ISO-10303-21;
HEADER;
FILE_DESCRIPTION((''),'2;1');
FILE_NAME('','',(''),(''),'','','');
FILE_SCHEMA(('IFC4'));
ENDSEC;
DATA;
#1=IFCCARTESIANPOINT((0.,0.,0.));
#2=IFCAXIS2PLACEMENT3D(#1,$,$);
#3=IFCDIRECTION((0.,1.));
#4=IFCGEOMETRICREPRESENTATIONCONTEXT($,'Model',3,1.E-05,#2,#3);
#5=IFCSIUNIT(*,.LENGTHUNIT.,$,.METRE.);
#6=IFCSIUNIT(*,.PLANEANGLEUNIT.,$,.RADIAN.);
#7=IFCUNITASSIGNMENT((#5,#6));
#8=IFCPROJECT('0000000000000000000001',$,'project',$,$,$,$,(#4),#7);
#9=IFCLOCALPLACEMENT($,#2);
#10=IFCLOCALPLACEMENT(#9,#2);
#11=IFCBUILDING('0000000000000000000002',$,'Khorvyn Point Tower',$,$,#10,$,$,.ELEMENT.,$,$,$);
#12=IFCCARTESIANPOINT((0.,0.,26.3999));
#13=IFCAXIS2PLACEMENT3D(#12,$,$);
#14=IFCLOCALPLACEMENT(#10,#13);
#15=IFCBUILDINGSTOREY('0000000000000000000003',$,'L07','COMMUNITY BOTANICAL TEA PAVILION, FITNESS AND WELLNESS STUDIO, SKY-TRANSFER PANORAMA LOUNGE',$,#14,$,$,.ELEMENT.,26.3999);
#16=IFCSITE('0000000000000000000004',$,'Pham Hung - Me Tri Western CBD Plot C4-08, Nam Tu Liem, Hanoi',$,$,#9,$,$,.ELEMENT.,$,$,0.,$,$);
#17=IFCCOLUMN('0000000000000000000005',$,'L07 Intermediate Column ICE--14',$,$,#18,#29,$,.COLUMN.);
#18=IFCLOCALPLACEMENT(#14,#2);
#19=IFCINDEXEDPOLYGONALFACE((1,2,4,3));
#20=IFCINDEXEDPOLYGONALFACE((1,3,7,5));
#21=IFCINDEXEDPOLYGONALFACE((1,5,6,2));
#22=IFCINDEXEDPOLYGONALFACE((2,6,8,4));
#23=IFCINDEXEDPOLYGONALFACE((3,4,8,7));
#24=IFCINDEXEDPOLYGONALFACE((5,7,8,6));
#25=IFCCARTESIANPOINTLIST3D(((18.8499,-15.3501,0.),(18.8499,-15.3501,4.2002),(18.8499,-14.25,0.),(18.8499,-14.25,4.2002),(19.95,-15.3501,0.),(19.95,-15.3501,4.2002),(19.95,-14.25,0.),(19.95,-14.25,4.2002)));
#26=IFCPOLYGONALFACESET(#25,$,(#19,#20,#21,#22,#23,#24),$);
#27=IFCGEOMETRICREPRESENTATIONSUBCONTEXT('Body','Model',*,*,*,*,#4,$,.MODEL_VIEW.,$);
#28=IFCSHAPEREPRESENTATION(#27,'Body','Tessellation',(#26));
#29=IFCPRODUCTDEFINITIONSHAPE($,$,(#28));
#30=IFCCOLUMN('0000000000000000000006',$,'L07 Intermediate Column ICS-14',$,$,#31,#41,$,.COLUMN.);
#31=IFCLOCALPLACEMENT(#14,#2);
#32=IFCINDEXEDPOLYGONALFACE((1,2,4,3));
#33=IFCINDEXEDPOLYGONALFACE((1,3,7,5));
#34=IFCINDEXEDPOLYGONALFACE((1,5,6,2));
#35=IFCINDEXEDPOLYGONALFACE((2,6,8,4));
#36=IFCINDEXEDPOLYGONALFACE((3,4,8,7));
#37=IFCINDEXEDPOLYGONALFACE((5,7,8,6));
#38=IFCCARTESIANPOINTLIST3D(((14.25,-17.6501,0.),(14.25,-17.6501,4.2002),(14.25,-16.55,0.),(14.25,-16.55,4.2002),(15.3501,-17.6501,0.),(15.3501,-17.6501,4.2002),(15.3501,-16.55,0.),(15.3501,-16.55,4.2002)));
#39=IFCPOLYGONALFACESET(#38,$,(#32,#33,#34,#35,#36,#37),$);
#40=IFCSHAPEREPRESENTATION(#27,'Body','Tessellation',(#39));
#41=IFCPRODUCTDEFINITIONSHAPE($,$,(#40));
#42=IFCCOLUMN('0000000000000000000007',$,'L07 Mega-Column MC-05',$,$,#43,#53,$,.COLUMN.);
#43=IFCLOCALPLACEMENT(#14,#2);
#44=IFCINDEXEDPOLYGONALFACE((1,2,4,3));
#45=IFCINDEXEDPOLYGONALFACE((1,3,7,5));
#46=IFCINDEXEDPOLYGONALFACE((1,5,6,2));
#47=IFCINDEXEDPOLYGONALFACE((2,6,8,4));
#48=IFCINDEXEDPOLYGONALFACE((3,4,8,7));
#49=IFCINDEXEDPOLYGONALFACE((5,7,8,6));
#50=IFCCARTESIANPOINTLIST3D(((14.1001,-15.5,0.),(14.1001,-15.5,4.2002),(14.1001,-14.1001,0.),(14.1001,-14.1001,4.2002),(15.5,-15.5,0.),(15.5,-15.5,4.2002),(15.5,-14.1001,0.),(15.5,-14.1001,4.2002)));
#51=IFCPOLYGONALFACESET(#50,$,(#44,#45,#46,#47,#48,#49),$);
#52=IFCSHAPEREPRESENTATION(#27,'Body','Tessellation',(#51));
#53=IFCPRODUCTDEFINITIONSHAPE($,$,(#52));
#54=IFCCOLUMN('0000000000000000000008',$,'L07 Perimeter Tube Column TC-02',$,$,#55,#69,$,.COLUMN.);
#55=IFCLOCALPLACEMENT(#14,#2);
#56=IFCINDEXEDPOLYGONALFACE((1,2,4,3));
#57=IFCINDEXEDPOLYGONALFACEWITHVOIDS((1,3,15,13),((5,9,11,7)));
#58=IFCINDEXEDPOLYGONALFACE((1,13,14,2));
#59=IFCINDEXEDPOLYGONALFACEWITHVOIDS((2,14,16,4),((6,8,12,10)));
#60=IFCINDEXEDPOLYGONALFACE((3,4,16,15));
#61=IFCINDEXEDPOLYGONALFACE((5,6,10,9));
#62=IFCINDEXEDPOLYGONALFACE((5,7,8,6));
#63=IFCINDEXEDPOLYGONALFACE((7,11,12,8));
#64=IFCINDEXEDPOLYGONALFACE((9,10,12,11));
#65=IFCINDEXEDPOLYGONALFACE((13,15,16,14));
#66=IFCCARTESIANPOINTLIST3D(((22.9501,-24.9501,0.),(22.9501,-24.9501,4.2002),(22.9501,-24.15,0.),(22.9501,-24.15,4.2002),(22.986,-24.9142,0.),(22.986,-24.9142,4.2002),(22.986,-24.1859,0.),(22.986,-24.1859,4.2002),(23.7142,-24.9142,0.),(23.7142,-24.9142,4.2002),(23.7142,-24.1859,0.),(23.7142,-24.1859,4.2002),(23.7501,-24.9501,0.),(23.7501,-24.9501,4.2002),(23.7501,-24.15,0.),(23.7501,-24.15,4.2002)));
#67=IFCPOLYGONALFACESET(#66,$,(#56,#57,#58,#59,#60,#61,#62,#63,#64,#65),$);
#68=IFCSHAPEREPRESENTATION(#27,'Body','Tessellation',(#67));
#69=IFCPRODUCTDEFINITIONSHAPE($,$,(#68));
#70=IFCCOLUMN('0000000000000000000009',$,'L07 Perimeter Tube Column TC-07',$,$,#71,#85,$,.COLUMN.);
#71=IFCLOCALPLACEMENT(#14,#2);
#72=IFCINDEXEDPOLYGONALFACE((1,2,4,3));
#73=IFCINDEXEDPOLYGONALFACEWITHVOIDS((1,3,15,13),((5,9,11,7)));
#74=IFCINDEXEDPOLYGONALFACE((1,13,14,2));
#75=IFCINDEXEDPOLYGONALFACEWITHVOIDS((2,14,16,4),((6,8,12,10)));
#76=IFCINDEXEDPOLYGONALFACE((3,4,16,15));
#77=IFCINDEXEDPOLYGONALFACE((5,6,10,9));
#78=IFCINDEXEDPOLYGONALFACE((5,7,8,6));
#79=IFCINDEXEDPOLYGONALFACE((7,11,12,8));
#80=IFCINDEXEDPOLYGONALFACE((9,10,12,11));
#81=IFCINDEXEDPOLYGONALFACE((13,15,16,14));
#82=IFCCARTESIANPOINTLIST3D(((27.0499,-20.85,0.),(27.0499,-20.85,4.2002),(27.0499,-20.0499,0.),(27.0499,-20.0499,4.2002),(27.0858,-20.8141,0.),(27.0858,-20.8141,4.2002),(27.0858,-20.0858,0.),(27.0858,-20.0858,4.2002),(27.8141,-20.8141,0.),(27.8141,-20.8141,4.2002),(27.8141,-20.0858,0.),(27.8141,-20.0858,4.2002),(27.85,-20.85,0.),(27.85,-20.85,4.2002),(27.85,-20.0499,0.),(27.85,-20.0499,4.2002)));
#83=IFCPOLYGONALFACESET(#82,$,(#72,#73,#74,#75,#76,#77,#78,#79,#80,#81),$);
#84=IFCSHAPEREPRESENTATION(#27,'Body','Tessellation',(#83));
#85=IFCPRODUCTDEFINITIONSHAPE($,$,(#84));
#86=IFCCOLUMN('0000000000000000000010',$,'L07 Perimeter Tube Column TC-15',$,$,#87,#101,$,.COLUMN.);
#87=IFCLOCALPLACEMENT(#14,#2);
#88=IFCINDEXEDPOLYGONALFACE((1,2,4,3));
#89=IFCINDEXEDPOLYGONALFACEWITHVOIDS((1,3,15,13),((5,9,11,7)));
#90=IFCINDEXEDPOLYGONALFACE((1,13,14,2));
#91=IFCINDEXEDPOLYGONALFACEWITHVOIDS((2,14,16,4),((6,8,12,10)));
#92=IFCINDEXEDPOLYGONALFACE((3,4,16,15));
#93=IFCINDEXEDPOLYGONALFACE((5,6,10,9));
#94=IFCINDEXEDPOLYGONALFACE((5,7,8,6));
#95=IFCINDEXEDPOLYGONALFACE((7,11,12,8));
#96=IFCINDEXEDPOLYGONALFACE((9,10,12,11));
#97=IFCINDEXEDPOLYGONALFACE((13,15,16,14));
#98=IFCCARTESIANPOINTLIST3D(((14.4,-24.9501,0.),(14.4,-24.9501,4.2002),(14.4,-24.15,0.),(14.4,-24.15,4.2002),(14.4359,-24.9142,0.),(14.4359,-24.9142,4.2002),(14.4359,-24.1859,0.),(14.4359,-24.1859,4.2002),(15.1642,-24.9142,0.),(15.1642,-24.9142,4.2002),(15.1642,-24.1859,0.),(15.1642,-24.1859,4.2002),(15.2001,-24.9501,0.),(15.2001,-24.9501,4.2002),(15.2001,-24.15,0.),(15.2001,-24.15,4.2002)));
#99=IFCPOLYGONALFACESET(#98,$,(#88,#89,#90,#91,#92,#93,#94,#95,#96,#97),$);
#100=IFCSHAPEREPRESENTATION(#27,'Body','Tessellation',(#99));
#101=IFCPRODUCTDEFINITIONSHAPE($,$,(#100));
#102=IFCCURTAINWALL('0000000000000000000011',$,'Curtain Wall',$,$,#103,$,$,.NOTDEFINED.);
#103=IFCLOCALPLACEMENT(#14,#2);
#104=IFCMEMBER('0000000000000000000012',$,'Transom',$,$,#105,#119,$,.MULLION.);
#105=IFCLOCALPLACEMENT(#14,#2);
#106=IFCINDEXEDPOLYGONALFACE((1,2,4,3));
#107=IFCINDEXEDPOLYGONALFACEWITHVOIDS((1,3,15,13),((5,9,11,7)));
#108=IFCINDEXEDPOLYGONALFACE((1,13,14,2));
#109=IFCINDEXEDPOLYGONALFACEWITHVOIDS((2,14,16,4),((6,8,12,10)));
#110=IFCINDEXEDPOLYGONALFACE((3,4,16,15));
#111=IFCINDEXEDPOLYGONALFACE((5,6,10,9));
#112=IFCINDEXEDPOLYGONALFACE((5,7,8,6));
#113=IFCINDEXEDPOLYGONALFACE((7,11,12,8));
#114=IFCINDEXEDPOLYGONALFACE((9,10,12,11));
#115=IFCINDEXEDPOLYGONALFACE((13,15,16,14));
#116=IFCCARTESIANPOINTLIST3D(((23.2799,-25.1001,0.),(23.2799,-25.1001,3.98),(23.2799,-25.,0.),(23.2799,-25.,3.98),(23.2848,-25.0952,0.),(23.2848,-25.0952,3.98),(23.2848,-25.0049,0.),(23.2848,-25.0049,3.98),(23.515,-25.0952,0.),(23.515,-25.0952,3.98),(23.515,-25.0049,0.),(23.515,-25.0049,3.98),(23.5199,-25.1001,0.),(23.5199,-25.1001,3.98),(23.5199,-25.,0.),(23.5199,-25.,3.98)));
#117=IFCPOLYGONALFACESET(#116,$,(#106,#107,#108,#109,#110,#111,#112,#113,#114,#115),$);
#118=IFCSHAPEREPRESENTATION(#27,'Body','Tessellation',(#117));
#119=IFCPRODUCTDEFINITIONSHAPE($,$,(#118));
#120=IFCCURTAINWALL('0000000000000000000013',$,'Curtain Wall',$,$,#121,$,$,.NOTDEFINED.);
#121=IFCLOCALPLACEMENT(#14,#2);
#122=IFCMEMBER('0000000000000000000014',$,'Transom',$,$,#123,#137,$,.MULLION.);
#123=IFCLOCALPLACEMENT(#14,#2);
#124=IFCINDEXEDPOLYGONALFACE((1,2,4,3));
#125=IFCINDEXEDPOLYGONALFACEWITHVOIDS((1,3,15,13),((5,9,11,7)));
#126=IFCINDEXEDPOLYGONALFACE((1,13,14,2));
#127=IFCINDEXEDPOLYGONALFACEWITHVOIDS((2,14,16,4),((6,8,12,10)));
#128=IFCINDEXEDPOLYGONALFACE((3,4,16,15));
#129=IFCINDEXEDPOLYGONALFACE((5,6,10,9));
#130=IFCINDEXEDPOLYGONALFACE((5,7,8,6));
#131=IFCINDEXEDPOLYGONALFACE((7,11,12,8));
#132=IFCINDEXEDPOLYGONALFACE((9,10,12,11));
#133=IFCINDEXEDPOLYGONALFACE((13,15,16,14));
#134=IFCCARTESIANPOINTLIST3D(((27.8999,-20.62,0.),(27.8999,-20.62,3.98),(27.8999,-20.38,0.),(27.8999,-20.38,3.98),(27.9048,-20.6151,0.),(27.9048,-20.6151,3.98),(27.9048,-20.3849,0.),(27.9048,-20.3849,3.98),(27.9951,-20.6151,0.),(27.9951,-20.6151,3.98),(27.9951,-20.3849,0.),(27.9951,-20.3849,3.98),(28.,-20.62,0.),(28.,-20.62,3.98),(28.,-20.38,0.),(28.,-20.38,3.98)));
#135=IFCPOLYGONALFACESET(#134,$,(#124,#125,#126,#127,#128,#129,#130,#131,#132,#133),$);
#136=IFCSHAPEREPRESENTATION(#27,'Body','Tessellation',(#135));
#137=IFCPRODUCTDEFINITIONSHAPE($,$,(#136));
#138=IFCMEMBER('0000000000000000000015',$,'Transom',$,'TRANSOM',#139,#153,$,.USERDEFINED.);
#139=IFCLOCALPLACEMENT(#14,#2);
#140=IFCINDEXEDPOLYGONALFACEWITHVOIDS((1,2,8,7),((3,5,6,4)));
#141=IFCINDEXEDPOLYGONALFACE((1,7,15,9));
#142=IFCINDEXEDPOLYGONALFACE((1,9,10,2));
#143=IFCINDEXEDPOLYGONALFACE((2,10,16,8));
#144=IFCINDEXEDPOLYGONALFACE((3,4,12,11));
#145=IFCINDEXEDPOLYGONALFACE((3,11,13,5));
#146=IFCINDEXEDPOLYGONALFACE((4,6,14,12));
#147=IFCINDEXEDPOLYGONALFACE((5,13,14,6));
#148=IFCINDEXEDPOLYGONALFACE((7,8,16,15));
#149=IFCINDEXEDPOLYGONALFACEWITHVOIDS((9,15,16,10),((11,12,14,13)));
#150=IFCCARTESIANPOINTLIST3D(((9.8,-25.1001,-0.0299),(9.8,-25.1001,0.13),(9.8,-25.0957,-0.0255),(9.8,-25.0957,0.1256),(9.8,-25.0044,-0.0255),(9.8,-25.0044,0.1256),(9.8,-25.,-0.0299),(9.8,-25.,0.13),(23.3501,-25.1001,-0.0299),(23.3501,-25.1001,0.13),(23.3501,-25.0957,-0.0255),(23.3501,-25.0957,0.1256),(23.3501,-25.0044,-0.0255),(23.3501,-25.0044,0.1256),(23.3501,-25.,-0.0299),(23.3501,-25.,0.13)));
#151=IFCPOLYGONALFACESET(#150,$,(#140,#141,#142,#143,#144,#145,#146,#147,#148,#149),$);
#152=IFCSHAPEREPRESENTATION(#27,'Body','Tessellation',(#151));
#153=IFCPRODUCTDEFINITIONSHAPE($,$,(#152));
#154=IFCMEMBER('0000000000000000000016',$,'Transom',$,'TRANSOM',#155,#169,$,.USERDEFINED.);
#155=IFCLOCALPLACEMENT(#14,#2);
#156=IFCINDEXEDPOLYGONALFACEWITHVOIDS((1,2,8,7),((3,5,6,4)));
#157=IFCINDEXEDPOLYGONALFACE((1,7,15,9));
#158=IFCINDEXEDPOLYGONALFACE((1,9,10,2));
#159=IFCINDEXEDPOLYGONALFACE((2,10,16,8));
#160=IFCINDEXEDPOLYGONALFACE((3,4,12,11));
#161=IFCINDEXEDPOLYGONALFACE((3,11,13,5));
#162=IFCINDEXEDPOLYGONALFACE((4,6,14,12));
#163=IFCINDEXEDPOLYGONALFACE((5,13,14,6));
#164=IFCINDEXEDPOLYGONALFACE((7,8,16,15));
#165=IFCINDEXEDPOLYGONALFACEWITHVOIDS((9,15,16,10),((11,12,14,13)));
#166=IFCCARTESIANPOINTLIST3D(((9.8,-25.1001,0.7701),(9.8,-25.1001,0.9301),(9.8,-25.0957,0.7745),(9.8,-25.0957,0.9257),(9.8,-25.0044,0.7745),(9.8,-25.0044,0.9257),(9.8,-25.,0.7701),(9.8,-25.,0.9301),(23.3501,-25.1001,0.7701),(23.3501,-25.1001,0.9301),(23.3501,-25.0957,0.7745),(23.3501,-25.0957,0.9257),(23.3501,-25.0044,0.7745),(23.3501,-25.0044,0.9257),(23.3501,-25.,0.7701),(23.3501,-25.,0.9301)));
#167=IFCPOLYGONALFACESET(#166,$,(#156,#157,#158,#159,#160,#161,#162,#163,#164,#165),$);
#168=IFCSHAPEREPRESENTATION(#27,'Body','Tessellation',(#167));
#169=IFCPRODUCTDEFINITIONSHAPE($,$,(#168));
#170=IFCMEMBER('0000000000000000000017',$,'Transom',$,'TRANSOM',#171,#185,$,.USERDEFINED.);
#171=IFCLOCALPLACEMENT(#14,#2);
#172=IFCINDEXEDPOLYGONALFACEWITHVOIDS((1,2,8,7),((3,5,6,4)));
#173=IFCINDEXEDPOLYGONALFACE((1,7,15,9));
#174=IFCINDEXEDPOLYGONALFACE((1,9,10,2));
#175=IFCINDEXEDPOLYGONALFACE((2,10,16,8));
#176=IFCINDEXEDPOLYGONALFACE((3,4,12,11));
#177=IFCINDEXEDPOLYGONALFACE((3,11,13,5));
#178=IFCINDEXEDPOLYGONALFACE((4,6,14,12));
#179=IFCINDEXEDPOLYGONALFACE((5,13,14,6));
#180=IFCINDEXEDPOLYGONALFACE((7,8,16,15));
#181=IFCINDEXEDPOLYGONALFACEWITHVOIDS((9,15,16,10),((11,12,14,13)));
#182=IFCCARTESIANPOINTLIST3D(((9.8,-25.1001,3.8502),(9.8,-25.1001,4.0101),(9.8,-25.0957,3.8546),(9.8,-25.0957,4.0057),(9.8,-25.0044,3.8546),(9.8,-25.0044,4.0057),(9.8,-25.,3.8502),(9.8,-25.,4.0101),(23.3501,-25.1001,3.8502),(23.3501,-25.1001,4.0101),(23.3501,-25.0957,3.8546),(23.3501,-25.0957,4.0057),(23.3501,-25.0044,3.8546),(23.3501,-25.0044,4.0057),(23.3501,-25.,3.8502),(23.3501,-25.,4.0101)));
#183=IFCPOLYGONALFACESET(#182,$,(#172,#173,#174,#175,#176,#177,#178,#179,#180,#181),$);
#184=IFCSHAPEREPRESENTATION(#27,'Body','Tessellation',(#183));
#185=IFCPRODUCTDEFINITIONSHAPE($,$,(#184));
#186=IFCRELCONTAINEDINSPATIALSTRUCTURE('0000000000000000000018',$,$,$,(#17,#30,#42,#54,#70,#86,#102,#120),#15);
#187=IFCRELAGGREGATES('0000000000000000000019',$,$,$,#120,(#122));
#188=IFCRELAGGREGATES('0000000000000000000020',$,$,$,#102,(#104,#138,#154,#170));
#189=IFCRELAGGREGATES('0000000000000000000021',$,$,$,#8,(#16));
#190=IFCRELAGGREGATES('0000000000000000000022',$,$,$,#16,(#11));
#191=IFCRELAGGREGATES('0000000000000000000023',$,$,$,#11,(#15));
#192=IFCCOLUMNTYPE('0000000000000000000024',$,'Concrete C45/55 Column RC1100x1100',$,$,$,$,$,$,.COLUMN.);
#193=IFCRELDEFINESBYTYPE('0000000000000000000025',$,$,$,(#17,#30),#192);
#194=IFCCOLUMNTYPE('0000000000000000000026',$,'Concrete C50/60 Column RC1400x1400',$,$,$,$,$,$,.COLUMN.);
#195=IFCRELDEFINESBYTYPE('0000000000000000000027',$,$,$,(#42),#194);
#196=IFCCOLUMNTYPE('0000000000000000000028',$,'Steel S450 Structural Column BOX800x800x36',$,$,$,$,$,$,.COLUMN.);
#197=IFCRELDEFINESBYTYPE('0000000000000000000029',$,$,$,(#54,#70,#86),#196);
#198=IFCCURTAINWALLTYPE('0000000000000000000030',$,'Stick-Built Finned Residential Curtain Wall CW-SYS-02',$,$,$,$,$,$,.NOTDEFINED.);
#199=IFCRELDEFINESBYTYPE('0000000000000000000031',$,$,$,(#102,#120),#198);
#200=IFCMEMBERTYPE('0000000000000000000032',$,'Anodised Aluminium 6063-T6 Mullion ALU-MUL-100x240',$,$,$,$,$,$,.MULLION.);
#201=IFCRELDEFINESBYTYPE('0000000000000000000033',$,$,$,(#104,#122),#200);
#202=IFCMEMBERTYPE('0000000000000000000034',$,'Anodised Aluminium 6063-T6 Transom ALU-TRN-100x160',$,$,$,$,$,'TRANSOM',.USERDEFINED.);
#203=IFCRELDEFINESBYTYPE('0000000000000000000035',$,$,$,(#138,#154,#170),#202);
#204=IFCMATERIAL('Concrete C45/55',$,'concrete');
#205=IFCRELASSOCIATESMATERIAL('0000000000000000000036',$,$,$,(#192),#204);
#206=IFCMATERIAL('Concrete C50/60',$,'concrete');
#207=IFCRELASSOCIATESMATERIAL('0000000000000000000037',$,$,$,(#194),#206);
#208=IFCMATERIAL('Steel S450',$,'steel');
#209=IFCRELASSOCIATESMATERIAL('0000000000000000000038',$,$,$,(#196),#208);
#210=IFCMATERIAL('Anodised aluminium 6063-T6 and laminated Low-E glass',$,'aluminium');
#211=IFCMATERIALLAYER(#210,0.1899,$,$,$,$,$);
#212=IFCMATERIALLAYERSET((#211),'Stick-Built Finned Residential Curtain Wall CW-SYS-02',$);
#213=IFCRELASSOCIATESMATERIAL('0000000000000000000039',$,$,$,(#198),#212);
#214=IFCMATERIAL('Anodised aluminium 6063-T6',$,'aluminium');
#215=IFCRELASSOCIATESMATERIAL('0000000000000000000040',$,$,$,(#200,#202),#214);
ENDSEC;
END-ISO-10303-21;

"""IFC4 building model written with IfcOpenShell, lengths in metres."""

from ifc_helpers import new_model, si_unit, direction, frame, origin, origin_2d, place, context, subcontext, project, spatial, rectangle, hollow_rectangle, extrude, material, layer, layer_set, material_profile, profile_set, type_object, element, aggregate, save


model = new_model("IFC4")

# Units and contexts
model_context = context("Model", 3, precision=1e-05, world=origin(), true_north=direction((0.0, 1.0)))
body_context = subcontext(model_context, "Body", "Model", "MODEL_VIEW")
ifc_project = project(units=[si_unit("LENGTHUNIT", "METRE"), si_unit("PLANEANGLEUNIT", "RADIAN")], contexts=[model_context])

# Site, building, storey
site_placement = place(None, origin())
site = spatial("IfcSite", under=ifc_project, at=site_placement, Name="Pham Hung - Me Tri Western CBD Plot C4-08, Nam Tu Liem, Hanoi", CompositionType="ELEMENT", RefElevation=0.0)
building_placement = place(site_placement, origin())
building = spatial("IfcBuilding", under=site, at=building_placement, Name="Khorvyn Point Tower", CompositionType="ELEMENT")
storey_placement = place(building_placement, frame((0.0, 0.0, 26.3999)))
storey = spatial("IfcBuildingStorey", under=building, at=storey_placement, Name="L07", Description="COMMUNITY BOTANICAL TEA PAVILION, FITNESS AND WELLNESS STUDIO, SKY-TRANSFER PANORAMA LOUNGE", CompositionType="ELEMENT", Elevation=26.3999)

# Columns
ifc_material_1 = material(Name="Concrete C45/55", Category="concrete")
ifc_material_profile_1 = material_profile(ifc_material_1, rectangle(XDim=1.1001, YDim=1.1001, at=origin_2d()))
ifc_profile_set_1 = profile_set([ifc_material_profile_1], Name="Concrete C45/55 RC1100x1100")
column_type_1 = type_object("IfcColumnType", Name="Concrete C45/55 Column RC1100x1100", PredefinedType="COLUMN", material=ifc_profile_set_1)
for number, where, z_axis, x_axis, name in (
    (1, (19.3999, -14.8, 0.0), (0.0, 0.0, 1.0), (1.0, 0.0, 0.0), "L07 Intermediate Column ICE--14"),
    (2, (14.8, -17.1001, 0.0), (0.0, 0.0, 1.0), (1.0, 0.0, 0.0), "L07 Intermediate Column ICS-14"),
):
    element("IfcColumn", number, at=place(storey_placement, frame(where, z_axis=z_axis, x_axis=x_axis)), inside=storey, type_object=column_type_1, Name=name, PredefinedType="COLUMN", context=body_context, shape_type="SweptSolid", body=[
        extrude(rectangle(XDim=1.1001, YDim=1.1001, at=origin_2d()), origin(), (0.0, 0.0, 1.0), 4.2002),
    ])
ifc_material_2 = material(Name="Concrete C50/60", Category="concrete")
ifc_material_profile_2 = material_profile(ifc_material_2, rectangle(XDim=1.3999, YDim=1.3999, at=origin_2d()))
ifc_profile_set_2 = profile_set([ifc_material_profile_2], Name="Concrete C50/60 RC1400x1400")
column_type_2 = type_object("IfcColumnType", Name="Concrete C50/60 Column RC1400x1400", PredefinedType="COLUMN", material=ifc_profile_set_2)
column_placement = place(storey_placement, frame((14.8, -14.8, 0.0), z_axis=(0.0, 0.0, 1.0), x_axis=(1.0, 0.0, 0.0)))
element("IfcColumn", 3, at=column_placement, inside=storey, type_object=column_type_2, Name="L07 Mega-Column MC-05", PredefinedType="COLUMN", context=body_context, shape_type="SweptSolid", body=[
    extrude(rectangle(XDim=1.3999, YDim=1.3999, at=origin_2d()), origin(), (0.0, 0.0, 1.0), 4.2002),
])
ifc_material_3 = material(Name="Steel S450", Category="steel")
ifc_material_profile_3 = material_profile(ifc_material_3, hollow_rectangle(XDim=0.8, YDim=0.8, WallThickness=0.0359, at=origin_2d()))
ifc_profile_set_3 = profile_set([ifc_material_profile_3], Name="Steel S450 BOX800x800x36")
column_type_3 = type_object("IfcColumnType", Name="Steel S450 Structural Column BOX800x800x36", PredefinedType="COLUMN", material=ifc_profile_set_3)
for number, where, z_axis, x_axis, name in (
    (4, (23.3501, -24.55, 0.0), (0.0, 0.0, 1.0), (1.0, 0.0, 0.0), "L07 Perimeter Tube Column TC-02"),
    (5, (27.45, -20.45, 0.0), (0.0, 0.0, 1.0), (1.0, 0.0, 0.0), "L07 Perimeter Tube Column TC-07"),
    (6, (14.8, -24.55, 0.0), (0.0, 0.0, 1.0), (1.0, 0.0, 0.0), "L07 Perimeter Tube Column TC-15"),
):
    element("IfcColumn", number, at=place(storey_placement, frame(where, z_axis=z_axis, x_axis=x_axis)), inside=storey, type_object=column_type_3, Name=name, PredefinedType="COLUMN", context=body_context, shape_type="SweptSolid", body=[
        extrude(hollow_rectangle(XDim=0.8, YDim=0.8, WallThickness=0.0359, at=origin_2d()), origin(), (0.0, 0.0, 1.0), 4.2002),
    ])

# Curtain walls, members
ifc_material_4 = material(Name="Anodised aluminium 6063-T6 and laminated Low-E glass", Category="aluminium")
ifc_layer_1 = layer(ifc_material_4, 0.1899)
ifc_layer_set_1 = layer_set([ifc_layer_1], Name="Stick-Built Finned Residential Curtain Wall CW-SYS-02")
curtain_wall_type = type_object("IfcCurtainWallType", Name="Stick-Built Finned Residential Curtain Wall CW-SYS-02", PredefinedType="NOTDEFINED", material=ifc_layer_set_1)
curtain_wall_1_placement = place(storey_placement, origin())
curtain_wall_1 = element("IfcCurtainWall", 7, at=curtain_wall_1_placement, inside=storey, type_object=curtain_wall_type, Name="Curtain Wall", PredefinedType="NOTDEFINED")
ifc_material_5 = material(Name="Anodised aluminium 6063-T6", Category="aluminium")
ifc_material_profile_4 = material_profile(ifc_material_5, hollow_rectangle(XDim=0.1001, YDim=0.24, WallThickness=0.0049, at=origin_2d()))
ifc_profile_set_4 = profile_set([ifc_material_profile_4], Name="Anodised aluminium 6063-T6 ALU-MUL-100x240")
member_type_1 = type_object("IfcMemberType", Name="Anodised Aluminium 6063-T6 Mullion ALU-MUL-100x240", PredefinedType="MULLION", material=ifc_profile_set_4)
member_1_placement = place(storey_placement, frame((23.3999, -25.05, 0.0), z_axis=(0.0, 0.0, 1.0), x_axis=(0.0, -1.0, 0.0)))
member_1 = element("IfcMember", 8, at=member_1_placement, type_object=member_type_1, Name="Transom", PredefinedType="MULLION", context=body_context, shape_type="SweptSolid", body=[
    extrude(hollow_rectangle(XDim=0.1001, YDim=0.24, WallThickness=0.0049, at=origin_2d()), origin(), (0.0, 0.0, 1.0), 3.98),
])
curtain_wall_2_placement = place(storey_placement, origin())
curtain_wall_2 = element("IfcCurtainWall", 9, at=curtain_wall_2_placement, inside=storey, type_object=curtain_wall_type, Name="Curtain Wall", PredefinedType="NOTDEFINED")
member_2_placement = place(storey_placement, frame((27.95, -20.5, 0.0), z_axis=(0.0, 0.0, 1.0), x_axis=(1.0, 0.0, 0.0)))
member_2 = element("IfcMember", 10, at=member_2_placement, type_object=member_type_1, Name="Transom", PredefinedType="MULLION", context=body_context, shape_type="SweptSolid", body=[
    extrude(hollow_rectangle(XDim=0.1001, YDim=0.24, WallThickness=0.0049, at=origin_2d()), origin(), (0.0, 0.0, 1.0), 3.98),
])
aggregate(curtain_wall_2, [member_2])

# Members
ifc_material_profile_5 = material_profile(ifc_material_5, hollow_rectangle(XDim=0.1001, YDim=0.1599, WallThickness=0.0044, at=origin_2d()))
ifc_profile_set_5 = profile_set([ifc_material_profile_5], Name="Anodised aluminium 6063-T6 ALU-TRN-100x160")
member_type_2 = type_object("IfcMemberType", Name="Anodised Aluminium 6063-T6 Transom ALU-TRN-100x160", ElementType="TRANSOM", PredefinedType="USERDEFINED", material=ifc_profile_set_5)
member_3_placement = place(storey_placement, frame((23.3501, -25.05, 0.05), z_axis=(-1.0, 0.0, 0.0), x_axis=(0.0, -1.0, 0.0)))
member_3 = element("IfcMember", 11, at=member_3_placement, type_object=member_type_2, Name="Transom", ObjectType="TRANSOM", PredefinedType="USERDEFINED", context=body_context, shape_type="SweptSolid", body=[
    extrude(hollow_rectangle(XDim=0.1001, YDim=0.1599, WallThickness=0.0044, at=origin_2d()), origin(), (0.0, 0.0, 1.0), 13.55),
])
member_4_placement = place(storey_placement, frame((23.3501, -25.05, 0.8501), z_axis=(-1.0, 0.0, 0.0), x_axis=(0.0, -1.0, 0.0)))
member_4 = element("IfcMember", 12, at=member_4_placement, type_object=member_type_2, Name="Transom", ObjectType="TRANSOM", PredefinedType="USERDEFINED", context=body_context, shape_type="SweptSolid", body=[
    extrude(hollow_rectangle(XDim=0.1001, YDim=0.1599, WallThickness=0.0044, at=origin_2d()), origin(), (0.0, 0.0, 1.0), 13.55),
])
member_5_placement = place(storey_placement, frame((23.3501, -25.05, 3.9302), z_axis=(-1.0, 0.0, 0.0), x_axis=(0.0, -1.0, 0.0)))
member_5 = element("IfcMember", 13, at=member_5_placement, type_object=member_type_2, Name="Transom", ObjectType="TRANSOM", PredefinedType="USERDEFINED", context=body_context, shape_type="SweptSolid", body=[
    extrude(hollow_rectangle(XDim=0.1001, YDim=0.1599, WallThickness=0.0044, at=origin_2d()), origin(), (0.0, 0.0, 1.0), 13.55),
])

aggregate(curtain_wall_1, [member_1, member_3, member_4, member_5])

save(model, "model.ifc")
